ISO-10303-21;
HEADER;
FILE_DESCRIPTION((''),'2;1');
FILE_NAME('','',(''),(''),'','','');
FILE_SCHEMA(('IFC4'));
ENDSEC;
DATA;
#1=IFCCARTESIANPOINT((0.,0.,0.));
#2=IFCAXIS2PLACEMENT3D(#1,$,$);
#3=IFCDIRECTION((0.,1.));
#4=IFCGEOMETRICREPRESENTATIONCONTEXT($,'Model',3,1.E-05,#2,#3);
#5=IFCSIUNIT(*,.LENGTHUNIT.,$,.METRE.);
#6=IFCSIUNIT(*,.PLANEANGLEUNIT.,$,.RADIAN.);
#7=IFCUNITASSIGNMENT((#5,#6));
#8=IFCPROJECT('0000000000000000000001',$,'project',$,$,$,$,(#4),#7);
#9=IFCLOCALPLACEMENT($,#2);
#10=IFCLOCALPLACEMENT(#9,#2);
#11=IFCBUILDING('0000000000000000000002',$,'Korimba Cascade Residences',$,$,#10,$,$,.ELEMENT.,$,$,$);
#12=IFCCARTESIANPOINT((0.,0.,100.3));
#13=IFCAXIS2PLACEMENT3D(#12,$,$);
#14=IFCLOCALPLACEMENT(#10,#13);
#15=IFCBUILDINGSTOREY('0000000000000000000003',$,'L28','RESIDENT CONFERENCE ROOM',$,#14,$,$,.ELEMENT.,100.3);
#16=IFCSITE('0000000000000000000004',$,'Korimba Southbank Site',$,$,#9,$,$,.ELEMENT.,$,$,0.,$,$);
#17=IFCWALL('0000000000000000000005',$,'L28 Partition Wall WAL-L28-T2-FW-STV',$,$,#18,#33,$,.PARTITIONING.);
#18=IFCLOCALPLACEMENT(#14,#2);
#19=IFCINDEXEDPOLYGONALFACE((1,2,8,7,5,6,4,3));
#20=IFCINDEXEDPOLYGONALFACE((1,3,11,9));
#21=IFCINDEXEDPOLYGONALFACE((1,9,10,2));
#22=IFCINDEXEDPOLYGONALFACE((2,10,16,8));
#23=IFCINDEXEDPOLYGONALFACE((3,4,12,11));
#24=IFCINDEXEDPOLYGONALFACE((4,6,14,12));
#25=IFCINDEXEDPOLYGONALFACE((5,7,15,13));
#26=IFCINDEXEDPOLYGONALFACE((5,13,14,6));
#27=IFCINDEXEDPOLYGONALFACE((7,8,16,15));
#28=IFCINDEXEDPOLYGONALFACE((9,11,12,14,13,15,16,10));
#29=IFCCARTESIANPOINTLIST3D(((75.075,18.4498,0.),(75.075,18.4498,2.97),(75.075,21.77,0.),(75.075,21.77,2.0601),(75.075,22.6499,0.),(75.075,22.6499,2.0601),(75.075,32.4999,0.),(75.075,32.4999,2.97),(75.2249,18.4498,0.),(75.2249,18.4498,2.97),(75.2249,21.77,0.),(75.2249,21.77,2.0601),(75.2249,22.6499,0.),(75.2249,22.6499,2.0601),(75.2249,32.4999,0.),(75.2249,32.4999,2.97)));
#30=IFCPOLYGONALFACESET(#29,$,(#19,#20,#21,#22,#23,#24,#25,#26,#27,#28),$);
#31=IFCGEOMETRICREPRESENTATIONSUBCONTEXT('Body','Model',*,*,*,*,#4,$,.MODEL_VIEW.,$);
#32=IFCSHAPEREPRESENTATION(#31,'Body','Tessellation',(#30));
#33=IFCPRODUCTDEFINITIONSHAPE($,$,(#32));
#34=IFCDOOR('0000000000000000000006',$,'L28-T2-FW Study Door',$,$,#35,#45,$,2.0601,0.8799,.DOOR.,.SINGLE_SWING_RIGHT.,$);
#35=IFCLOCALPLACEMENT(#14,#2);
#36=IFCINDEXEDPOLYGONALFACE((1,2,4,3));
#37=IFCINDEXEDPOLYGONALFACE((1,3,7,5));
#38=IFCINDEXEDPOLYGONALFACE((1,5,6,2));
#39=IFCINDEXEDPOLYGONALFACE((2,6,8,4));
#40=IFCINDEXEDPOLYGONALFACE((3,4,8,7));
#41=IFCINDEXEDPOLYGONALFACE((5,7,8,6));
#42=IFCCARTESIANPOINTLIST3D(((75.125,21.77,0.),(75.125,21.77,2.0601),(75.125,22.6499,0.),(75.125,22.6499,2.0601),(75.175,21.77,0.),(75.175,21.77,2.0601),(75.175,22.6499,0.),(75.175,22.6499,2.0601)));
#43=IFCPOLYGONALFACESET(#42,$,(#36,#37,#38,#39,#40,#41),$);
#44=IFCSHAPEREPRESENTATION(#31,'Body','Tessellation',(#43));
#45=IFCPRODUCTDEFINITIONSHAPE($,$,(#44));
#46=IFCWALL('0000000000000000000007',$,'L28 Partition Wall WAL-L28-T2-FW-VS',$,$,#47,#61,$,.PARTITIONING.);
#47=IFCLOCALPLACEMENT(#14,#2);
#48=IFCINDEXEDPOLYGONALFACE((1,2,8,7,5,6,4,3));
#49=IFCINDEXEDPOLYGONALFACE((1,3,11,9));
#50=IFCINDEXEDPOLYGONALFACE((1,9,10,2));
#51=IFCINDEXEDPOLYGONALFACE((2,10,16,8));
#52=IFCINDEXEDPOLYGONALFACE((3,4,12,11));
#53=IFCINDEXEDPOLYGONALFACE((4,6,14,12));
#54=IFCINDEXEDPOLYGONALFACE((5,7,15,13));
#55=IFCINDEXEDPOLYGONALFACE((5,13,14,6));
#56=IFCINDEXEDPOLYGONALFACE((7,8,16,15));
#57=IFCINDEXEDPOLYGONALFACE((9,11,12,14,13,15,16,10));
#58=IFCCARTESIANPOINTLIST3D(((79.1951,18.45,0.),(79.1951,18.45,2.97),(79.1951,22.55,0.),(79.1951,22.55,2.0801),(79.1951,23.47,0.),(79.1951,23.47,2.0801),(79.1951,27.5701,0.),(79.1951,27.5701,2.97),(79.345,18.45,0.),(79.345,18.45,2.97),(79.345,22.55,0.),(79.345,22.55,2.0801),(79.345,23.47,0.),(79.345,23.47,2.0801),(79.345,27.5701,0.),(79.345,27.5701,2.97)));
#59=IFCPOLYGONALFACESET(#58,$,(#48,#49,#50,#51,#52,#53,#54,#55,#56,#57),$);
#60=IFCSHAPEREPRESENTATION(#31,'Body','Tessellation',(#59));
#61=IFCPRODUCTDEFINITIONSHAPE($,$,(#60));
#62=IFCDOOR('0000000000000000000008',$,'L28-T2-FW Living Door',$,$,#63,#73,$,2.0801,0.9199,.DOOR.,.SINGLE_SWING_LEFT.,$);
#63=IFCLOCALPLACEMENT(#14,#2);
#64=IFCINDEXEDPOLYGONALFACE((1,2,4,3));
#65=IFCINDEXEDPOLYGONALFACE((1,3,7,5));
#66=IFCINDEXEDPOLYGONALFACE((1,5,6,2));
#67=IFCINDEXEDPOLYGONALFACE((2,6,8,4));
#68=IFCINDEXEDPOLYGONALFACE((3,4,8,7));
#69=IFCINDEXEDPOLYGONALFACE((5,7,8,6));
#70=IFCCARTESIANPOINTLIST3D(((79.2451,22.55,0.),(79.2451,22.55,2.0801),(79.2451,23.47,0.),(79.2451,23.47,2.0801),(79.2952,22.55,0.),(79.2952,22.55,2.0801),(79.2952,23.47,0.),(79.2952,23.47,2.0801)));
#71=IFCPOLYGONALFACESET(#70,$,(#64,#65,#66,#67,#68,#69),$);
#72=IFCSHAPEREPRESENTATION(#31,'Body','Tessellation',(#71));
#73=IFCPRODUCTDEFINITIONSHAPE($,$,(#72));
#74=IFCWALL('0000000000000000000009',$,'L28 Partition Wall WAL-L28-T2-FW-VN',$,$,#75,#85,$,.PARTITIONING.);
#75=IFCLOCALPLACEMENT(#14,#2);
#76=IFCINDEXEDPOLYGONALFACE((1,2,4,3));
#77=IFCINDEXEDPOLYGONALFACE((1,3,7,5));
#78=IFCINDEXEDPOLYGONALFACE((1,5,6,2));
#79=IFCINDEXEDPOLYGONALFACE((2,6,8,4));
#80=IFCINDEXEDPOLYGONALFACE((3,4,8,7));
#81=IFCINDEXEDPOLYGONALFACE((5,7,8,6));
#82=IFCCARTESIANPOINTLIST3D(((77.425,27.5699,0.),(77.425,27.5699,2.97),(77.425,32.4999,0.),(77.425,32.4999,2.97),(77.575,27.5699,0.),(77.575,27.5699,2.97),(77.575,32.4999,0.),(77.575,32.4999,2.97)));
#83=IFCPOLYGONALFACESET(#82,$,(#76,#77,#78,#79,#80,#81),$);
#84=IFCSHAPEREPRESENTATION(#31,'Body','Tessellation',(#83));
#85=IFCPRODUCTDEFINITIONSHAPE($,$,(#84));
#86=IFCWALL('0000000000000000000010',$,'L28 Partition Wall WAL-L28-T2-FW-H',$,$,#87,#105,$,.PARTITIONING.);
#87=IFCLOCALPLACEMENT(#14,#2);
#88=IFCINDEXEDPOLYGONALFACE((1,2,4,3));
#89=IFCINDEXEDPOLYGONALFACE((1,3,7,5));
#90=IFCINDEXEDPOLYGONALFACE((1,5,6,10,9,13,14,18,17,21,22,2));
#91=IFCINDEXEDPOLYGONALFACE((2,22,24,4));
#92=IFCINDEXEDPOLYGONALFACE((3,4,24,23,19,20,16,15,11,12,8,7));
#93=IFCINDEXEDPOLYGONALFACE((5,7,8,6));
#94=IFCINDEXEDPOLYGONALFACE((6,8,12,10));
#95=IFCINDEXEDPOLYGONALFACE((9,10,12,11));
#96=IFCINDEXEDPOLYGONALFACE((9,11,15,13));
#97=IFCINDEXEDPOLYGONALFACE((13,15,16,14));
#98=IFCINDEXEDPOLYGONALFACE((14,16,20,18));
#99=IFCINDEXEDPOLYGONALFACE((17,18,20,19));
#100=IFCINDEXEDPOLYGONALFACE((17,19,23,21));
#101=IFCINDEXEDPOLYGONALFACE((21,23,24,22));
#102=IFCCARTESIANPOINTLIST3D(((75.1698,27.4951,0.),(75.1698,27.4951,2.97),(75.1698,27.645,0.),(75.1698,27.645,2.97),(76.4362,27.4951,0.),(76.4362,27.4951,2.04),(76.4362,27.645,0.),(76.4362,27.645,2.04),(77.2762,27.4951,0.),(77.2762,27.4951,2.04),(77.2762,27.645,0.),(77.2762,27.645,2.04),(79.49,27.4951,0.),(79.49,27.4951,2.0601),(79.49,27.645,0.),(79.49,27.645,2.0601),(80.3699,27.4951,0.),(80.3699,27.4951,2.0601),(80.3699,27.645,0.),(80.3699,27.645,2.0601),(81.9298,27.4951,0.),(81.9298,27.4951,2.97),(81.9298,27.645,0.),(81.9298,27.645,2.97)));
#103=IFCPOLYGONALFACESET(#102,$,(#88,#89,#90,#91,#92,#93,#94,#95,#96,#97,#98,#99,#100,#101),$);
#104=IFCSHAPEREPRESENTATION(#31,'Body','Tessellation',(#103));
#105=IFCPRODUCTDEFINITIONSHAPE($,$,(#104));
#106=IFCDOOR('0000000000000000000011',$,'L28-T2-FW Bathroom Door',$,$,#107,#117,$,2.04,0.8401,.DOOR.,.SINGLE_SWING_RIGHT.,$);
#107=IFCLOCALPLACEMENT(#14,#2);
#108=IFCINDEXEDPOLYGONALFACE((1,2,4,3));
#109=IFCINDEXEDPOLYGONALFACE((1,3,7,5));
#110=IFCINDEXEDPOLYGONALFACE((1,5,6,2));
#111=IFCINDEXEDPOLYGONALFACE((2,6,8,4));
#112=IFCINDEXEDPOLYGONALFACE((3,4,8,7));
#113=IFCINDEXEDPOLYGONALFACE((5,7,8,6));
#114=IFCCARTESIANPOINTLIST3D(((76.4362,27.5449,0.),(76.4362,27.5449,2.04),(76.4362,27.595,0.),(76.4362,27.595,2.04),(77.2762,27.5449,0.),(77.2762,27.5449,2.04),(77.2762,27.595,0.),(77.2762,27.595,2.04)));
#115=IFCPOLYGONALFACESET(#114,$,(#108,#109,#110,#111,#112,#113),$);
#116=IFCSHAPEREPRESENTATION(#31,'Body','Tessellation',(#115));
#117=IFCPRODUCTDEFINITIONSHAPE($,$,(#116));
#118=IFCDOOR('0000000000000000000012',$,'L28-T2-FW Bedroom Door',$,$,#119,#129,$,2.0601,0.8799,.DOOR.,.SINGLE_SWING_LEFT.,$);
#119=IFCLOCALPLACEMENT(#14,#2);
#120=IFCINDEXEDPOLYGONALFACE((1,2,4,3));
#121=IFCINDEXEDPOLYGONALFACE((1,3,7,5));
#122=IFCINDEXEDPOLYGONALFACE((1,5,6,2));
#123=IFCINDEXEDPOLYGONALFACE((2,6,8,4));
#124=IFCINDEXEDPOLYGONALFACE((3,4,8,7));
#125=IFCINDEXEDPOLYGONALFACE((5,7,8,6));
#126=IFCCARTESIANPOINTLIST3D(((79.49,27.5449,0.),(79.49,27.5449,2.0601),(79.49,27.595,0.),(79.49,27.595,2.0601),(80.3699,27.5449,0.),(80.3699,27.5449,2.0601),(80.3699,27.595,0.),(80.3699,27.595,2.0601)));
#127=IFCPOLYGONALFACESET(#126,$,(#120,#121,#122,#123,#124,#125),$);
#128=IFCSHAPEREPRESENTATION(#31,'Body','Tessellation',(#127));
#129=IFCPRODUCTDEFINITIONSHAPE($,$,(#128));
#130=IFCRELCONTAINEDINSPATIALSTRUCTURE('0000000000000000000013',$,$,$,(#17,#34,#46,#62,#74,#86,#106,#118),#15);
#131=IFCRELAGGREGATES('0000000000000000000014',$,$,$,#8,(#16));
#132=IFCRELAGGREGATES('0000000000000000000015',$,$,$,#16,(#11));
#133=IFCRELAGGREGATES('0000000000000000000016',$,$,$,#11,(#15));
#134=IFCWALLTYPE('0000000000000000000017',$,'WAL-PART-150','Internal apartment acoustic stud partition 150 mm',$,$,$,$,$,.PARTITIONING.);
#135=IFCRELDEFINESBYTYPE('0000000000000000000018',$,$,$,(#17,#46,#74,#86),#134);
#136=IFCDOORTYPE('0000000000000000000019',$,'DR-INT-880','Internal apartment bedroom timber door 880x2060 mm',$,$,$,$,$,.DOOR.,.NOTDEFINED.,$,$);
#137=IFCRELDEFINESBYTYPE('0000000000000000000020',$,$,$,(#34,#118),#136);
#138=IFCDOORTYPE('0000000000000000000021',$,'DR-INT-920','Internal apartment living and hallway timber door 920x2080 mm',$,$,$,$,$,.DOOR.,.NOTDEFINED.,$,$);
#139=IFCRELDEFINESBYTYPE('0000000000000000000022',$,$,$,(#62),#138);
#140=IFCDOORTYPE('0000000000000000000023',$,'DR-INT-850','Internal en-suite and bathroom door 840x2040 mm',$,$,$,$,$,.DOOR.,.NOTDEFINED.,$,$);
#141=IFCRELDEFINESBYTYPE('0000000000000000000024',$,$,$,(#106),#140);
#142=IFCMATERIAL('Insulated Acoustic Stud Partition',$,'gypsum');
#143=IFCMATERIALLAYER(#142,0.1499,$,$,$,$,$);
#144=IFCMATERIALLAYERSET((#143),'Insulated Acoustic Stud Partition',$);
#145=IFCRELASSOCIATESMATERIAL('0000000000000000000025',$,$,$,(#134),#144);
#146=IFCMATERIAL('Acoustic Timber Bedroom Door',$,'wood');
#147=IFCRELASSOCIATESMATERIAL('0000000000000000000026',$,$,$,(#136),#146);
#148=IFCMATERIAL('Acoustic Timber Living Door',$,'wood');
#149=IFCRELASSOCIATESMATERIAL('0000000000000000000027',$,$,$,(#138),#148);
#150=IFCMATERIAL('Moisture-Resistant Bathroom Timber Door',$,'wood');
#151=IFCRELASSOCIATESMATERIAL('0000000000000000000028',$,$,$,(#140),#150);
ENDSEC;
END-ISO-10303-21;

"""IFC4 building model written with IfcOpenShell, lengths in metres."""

from ifc_helpers import new_model, si_unit, direction, frame, frame_2d, origin, place, context, subcontext, project, spatial, rectangle, extrude, material, layer, layer_set, type_object, element, fill, save


model = new_model("IFC4")

# Units and contexts
model_context = context("Model", 3, precision=1e-05, world=origin(), true_north=direction((0.0, 1.0)))
body_context = subcontext(model_context, "Body", "Model", "MODEL_VIEW")
ifc_project = project(units=[si_unit("LENGTHUNIT", "METRE"), si_unit("PLANEANGLEUNIT", "RADIAN")], contexts=[model_context])

# Site, building, storey
site_placement = place(None, origin())
site = spatial("IfcSite", under=ifc_project, at=site_placement, Name="Korimba Southbank Site", CompositionType="ELEMENT", RefElevation=0.0)
building_placement = place(site_placement, origin())
building = spatial("IfcBuilding", under=site, at=building_placement, Name="Korimba Cascade Residences", CompositionType="ELEMENT")
storey_placement = place(building_placement, frame((0.0, 0.0, 100.3)))
storey = spatial("IfcBuildingStorey", under=building, at=storey_placement, Name="L28", Description="RESIDENT CONFERENCE ROOM", CompositionType="ELEMENT", Elevation=100.3)

# Walls, openings, doors
ifc_material_1 = material(Name="Insulated Acoustic Stud Partition", Category="gypsum")
ifc_layer_1 = layer(ifc_material_1, 0.1499)
ifc_layer_set_1 = layer_set([ifc_layer_1], Name="Insulated Acoustic Stud Partition")
wall_type_1 = type_object("IfcWallType", Name="WAL-PART-150", Description="Internal apartment acoustic stud partition 150 mm", PredefinedType="PARTITIONING", material=ifc_layer_set_1)
wall_1_placement = place(storey_placement, frame((75.1499, 18.45, 0.0), z_axis=(0.0, 0.0, 1.0), x_axis=(0.0, 1.0, 0.0)))
wall_1 = element("IfcWall", 1, at=wall_1_placement, inside=storey, type_object=wall_type_1, Name="L28 Partition Wall WAL-L28-T2-FW-STV", PredefinedType="PARTITIONING", context=body_context, shape_type="SweptSolid", body=[
    extrude(rectangle(XDim=14.05, YDim=0.1499, at=frame_2d((7.0249, 0.0))), origin(), (0.0, 0.0, 1.0), 2.97),
])
opening_1_placement = place(wall_1_placement, frame((3.3201, 0.0, 0.0)))
opening_1 = element("IfcOpeningElement", 2, at=opening_1_placement, cuts=wall_1, PredefinedType="OPENING", context=body_context, shape_type="SweptSolid", body=[
    extrude(rectangle(XDim=0.8799, YDim=2.0601, at=frame_2d((0.4399, 1.03))), frame((0.0, 0.085, 0.0), z_axis=(0.0, -1.0, 0.0), x_axis=(1.0, 0.0, 0.0)), (0.0, 0.0, 1.0), 0.1699),
])
ifc_material_2 = material(Name="Acoustic Timber Bedroom Door", Category="wood")
door_type_1 = type_object("IfcDoorType", Name="DR-INT-880", Description="Internal apartment bedroom timber door 880x2060 mm", OperationType="NOTDEFINED", PredefinedType="DOOR", material=ifc_material_2)
door_1_placement = place(opening_1_placement, origin())
door_1 = element("IfcDoor", 3, at=door_1_placement, inside=storey, type_object=door_type_1, Name="L28-T2-FW Study Door", OperationType="SINGLE_SWING_RIGHT", OverallHeight=2.0601, OverallWidth=0.8799, PredefinedType="DOOR", context=body_context, shape_type="SweptSolid", body=[
    extrude(rectangle(XDim=0.8799, YDim=2.0601, at=frame_2d((0.4399, 1.03))), frame((0.0, 0.0249, 0.0), z_axis=(0.0, -1.0, 0.0), x_axis=(1.0, 0.0, 0.0)), (0.0, 0.0, 1.0), 0.05),
])
fill(opening_1, door_1)
wall_2_placement = place(storey_placement, frame((79.27, 18.45, 0.0), z_axis=(0.0, 0.0, 1.0), x_axis=(0.0, 1.0, 0.0)))
wall_2 = element("IfcWall", 4, at=wall_2_placement, inside=storey, type_object=wall_type_1, Name="L28 Partition Wall WAL-L28-T2-FW-VS", PredefinedType="PARTITIONING", context=body_context, shape_type="SweptSolid", body=[
    extrude(rectangle(XDim=9.1201, YDim=0.1499, at=frame_2d((4.5601, 0.0))), origin(), (0.0, 0.0, 1.0), 2.97),
])
opening_2_placement = place(wall_2_placement, frame((4.1001, 0.0, 0.0)))
opening_2 = element("IfcOpeningElement", 5, at=opening_2_placement, cuts=wall_2, PredefinedType="OPENING", context=body_context, shape_type="SweptSolid", body=[
    extrude(rectangle(XDim=0.9199, YDim=2.0801, at=frame_2d((0.46, 1.04))), frame((0.0, 0.085, 0.0), z_axis=(0.0, -1.0, 0.0), x_axis=(1.0, 0.0, 0.0)), (0.0, 0.0, 1.0), 0.1699),
])
ifc_material_3 = material(Name="Acoustic Timber Living Door", Category="wood")
door_type_2 = type_object("IfcDoorType", Name="DR-INT-920", Description="Internal apartment living and hallway timber door 920x2080 mm", OperationType="NOTDEFINED", PredefinedType="DOOR", material=ifc_material_3)
door_2_placement = place(opening_2_placement, origin())
door_2 = element("IfcDoor", 6, at=door_2_placement, inside=storey, type_object=door_type_2, Name="L28-T2-FW Living Door", OperationType="SINGLE_SWING_LEFT", OverallHeight=2.0801, OverallWidth=0.9199, PredefinedType="DOOR", context=body_context, shape_type="SweptSolid", body=[
    extrude(rectangle(XDim=0.9199, YDim=2.0801, at=frame_2d((0.46, 1.04))), frame((0.0, 0.0249, 0.0), z_axis=(0.0, -1.0, 0.0), x_axis=(1.0, 0.0, 0.0)), (0.0, 0.0, 1.0), 0.05),
])
fill(opening_2, door_2)

# Wall
wall_3_placement = place(storey_placement, frame((77.5, 27.5701, 0.0), z_axis=(0.0, 0.0, 1.0), x_axis=(0.0, 1.0, 0.0)))
element("IfcWall", 7, at=wall_3_placement, inside=storey, type_object=wall_type_1, Name="L28 Partition Wall WAL-L28-T2-FW-VN", PredefinedType="PARTITIONING", context=body_context, shape_type="SweptSolid", body=[
    extrude(rectangle(XDim=4.9299, YDim=0.1499, at=frame_2d((2.4648, 0.0))), origin(), (0.0, 0.0, 1.0), 2.97),
])

# Wall, openings, doors
wall_4_placement = place(storey_placement, frame((75.1699, 27.5701, 0.0), z_axis=(0.0, 0.0, 1.0), x_axis=(1.0, 0.0, 0.0)))
wall_4 = element("IfcWall", 8, at=wall_4_placement, inside=storey, type_object=wall_type_1, Name="L28 Partition Wall WAL-L28-T2-FW-H", PredefinedType="PARTITIONING", context=body_context, shape_type="SweptSolid", body=[
    extrude(rectangle(XDim=6.76, YDim=0.1499, at=frame_2d((3.3799, 0.0))), origin(), (0.0, 0.0, 1.0), 2.97),
])
opening_3_placement = place(wall_4_placement, frame((1.2664, 0.0, 0.0)))
opening_3 = element("IfcOpeningElement", 9, at=opening_3_placement, cuts=wall_4, PredefinedType="OPENING", context=body_context, shape_type="SweptSolid", body=[
    extrude(rectangle(XDim=0.8401, YDim=2.04, at=frame_2d((0.4199, 1.02))), frame((0.0, 0.085, 0.0), z_axis=(0.0, -1.0, 0.0), x_axis=(1.0, 0.0, 0.0)), (0.0, 0.0, 1.0), 0.1699),
])
opening_4_placement = place(wall_4_placement, frame((4.3201, 0.0, 0.0)))
opening_4 = element("IfcOpeningElement", 10, at=opening_4_placement, cuts=wall_4, PredefinedType="OPENING", context=body_context, shape_type="SweptSolid", body=[
    extrude(rectangle(XDim=0.8799, YDim=2.0601, at=frame_2d((0.4399, 1.03))), frame((0.0, 0.085, 0.0), z_axis=(0.0, -1.0, 0.0), x_axis=(1.0, 0.0, 0.0)), (0.0, 0.0, 1.0), 0.1699),
])
ifc_material_4 = material(Name="Moisture-Resistant Bathroom Timber Door", Category="wood")
door_type_3 = type_object("IfcDoorType", Name="DR-INT-850", Description="Internal en-suite and bathroom door 840x2040 mm", OperationType="NOTDEFINED", PredefinedType="DOOR", material=ifc_material_4)
door_3_placement = place(opening_3_placement, origin())
door_3 = element("IfcDoor", 11, at=door_3_placement, inside=storey, type_object=door_type_3, Name="L28-T2-FW Bathroom Door", OperationType="SINGLE_SWING_RIGHT", OverallHeight=2.04, OverallWidth=0.8401, PredefinedType="DOOR", context=body_context, shape_type="SweptSolid", body=[
    extrude(rectangle(XDim=0.8401, YDim=2.04, at=frame_2d((0.4199, 1.02))), frame((0.0, 0.0249, 0.0), z_axis=(0.0, -1.0, 0.0), x_axis=(1.0, 0.0, 0.0)), (0.0, 0.0, 1.0), 0.05),
])
fill(opening_3, door_3)
door_4_placement = place(opening_4_placement, origin())
door_4 = element("IfcDoor", 12, at=door_4_placement, inside=storey, type_object=door_type_1, Name="L28-T2-FW Bedroom Door", OperationType="SINGLE_SWING_LEFT", OverallHeight=2.0601, OverallWidth=0.8799, PredefinedType="DOOR", context=body_context, shape_type="SweptSolid", body=[
    extrude(rectangle(XDim=0.8799, YDim=2.0601, at=frame_2d((0.4399, 1.03))), frame((0.0, 0.0249, 0.0), z_axis=(0.0, -1.0, 0.0), x_axis=(1.0, 0.0, 0.0)), (0.0, 0.0, 1.0), 0.05),
])
fill(opening_4, door_4)

save(model, "model.ifc")
